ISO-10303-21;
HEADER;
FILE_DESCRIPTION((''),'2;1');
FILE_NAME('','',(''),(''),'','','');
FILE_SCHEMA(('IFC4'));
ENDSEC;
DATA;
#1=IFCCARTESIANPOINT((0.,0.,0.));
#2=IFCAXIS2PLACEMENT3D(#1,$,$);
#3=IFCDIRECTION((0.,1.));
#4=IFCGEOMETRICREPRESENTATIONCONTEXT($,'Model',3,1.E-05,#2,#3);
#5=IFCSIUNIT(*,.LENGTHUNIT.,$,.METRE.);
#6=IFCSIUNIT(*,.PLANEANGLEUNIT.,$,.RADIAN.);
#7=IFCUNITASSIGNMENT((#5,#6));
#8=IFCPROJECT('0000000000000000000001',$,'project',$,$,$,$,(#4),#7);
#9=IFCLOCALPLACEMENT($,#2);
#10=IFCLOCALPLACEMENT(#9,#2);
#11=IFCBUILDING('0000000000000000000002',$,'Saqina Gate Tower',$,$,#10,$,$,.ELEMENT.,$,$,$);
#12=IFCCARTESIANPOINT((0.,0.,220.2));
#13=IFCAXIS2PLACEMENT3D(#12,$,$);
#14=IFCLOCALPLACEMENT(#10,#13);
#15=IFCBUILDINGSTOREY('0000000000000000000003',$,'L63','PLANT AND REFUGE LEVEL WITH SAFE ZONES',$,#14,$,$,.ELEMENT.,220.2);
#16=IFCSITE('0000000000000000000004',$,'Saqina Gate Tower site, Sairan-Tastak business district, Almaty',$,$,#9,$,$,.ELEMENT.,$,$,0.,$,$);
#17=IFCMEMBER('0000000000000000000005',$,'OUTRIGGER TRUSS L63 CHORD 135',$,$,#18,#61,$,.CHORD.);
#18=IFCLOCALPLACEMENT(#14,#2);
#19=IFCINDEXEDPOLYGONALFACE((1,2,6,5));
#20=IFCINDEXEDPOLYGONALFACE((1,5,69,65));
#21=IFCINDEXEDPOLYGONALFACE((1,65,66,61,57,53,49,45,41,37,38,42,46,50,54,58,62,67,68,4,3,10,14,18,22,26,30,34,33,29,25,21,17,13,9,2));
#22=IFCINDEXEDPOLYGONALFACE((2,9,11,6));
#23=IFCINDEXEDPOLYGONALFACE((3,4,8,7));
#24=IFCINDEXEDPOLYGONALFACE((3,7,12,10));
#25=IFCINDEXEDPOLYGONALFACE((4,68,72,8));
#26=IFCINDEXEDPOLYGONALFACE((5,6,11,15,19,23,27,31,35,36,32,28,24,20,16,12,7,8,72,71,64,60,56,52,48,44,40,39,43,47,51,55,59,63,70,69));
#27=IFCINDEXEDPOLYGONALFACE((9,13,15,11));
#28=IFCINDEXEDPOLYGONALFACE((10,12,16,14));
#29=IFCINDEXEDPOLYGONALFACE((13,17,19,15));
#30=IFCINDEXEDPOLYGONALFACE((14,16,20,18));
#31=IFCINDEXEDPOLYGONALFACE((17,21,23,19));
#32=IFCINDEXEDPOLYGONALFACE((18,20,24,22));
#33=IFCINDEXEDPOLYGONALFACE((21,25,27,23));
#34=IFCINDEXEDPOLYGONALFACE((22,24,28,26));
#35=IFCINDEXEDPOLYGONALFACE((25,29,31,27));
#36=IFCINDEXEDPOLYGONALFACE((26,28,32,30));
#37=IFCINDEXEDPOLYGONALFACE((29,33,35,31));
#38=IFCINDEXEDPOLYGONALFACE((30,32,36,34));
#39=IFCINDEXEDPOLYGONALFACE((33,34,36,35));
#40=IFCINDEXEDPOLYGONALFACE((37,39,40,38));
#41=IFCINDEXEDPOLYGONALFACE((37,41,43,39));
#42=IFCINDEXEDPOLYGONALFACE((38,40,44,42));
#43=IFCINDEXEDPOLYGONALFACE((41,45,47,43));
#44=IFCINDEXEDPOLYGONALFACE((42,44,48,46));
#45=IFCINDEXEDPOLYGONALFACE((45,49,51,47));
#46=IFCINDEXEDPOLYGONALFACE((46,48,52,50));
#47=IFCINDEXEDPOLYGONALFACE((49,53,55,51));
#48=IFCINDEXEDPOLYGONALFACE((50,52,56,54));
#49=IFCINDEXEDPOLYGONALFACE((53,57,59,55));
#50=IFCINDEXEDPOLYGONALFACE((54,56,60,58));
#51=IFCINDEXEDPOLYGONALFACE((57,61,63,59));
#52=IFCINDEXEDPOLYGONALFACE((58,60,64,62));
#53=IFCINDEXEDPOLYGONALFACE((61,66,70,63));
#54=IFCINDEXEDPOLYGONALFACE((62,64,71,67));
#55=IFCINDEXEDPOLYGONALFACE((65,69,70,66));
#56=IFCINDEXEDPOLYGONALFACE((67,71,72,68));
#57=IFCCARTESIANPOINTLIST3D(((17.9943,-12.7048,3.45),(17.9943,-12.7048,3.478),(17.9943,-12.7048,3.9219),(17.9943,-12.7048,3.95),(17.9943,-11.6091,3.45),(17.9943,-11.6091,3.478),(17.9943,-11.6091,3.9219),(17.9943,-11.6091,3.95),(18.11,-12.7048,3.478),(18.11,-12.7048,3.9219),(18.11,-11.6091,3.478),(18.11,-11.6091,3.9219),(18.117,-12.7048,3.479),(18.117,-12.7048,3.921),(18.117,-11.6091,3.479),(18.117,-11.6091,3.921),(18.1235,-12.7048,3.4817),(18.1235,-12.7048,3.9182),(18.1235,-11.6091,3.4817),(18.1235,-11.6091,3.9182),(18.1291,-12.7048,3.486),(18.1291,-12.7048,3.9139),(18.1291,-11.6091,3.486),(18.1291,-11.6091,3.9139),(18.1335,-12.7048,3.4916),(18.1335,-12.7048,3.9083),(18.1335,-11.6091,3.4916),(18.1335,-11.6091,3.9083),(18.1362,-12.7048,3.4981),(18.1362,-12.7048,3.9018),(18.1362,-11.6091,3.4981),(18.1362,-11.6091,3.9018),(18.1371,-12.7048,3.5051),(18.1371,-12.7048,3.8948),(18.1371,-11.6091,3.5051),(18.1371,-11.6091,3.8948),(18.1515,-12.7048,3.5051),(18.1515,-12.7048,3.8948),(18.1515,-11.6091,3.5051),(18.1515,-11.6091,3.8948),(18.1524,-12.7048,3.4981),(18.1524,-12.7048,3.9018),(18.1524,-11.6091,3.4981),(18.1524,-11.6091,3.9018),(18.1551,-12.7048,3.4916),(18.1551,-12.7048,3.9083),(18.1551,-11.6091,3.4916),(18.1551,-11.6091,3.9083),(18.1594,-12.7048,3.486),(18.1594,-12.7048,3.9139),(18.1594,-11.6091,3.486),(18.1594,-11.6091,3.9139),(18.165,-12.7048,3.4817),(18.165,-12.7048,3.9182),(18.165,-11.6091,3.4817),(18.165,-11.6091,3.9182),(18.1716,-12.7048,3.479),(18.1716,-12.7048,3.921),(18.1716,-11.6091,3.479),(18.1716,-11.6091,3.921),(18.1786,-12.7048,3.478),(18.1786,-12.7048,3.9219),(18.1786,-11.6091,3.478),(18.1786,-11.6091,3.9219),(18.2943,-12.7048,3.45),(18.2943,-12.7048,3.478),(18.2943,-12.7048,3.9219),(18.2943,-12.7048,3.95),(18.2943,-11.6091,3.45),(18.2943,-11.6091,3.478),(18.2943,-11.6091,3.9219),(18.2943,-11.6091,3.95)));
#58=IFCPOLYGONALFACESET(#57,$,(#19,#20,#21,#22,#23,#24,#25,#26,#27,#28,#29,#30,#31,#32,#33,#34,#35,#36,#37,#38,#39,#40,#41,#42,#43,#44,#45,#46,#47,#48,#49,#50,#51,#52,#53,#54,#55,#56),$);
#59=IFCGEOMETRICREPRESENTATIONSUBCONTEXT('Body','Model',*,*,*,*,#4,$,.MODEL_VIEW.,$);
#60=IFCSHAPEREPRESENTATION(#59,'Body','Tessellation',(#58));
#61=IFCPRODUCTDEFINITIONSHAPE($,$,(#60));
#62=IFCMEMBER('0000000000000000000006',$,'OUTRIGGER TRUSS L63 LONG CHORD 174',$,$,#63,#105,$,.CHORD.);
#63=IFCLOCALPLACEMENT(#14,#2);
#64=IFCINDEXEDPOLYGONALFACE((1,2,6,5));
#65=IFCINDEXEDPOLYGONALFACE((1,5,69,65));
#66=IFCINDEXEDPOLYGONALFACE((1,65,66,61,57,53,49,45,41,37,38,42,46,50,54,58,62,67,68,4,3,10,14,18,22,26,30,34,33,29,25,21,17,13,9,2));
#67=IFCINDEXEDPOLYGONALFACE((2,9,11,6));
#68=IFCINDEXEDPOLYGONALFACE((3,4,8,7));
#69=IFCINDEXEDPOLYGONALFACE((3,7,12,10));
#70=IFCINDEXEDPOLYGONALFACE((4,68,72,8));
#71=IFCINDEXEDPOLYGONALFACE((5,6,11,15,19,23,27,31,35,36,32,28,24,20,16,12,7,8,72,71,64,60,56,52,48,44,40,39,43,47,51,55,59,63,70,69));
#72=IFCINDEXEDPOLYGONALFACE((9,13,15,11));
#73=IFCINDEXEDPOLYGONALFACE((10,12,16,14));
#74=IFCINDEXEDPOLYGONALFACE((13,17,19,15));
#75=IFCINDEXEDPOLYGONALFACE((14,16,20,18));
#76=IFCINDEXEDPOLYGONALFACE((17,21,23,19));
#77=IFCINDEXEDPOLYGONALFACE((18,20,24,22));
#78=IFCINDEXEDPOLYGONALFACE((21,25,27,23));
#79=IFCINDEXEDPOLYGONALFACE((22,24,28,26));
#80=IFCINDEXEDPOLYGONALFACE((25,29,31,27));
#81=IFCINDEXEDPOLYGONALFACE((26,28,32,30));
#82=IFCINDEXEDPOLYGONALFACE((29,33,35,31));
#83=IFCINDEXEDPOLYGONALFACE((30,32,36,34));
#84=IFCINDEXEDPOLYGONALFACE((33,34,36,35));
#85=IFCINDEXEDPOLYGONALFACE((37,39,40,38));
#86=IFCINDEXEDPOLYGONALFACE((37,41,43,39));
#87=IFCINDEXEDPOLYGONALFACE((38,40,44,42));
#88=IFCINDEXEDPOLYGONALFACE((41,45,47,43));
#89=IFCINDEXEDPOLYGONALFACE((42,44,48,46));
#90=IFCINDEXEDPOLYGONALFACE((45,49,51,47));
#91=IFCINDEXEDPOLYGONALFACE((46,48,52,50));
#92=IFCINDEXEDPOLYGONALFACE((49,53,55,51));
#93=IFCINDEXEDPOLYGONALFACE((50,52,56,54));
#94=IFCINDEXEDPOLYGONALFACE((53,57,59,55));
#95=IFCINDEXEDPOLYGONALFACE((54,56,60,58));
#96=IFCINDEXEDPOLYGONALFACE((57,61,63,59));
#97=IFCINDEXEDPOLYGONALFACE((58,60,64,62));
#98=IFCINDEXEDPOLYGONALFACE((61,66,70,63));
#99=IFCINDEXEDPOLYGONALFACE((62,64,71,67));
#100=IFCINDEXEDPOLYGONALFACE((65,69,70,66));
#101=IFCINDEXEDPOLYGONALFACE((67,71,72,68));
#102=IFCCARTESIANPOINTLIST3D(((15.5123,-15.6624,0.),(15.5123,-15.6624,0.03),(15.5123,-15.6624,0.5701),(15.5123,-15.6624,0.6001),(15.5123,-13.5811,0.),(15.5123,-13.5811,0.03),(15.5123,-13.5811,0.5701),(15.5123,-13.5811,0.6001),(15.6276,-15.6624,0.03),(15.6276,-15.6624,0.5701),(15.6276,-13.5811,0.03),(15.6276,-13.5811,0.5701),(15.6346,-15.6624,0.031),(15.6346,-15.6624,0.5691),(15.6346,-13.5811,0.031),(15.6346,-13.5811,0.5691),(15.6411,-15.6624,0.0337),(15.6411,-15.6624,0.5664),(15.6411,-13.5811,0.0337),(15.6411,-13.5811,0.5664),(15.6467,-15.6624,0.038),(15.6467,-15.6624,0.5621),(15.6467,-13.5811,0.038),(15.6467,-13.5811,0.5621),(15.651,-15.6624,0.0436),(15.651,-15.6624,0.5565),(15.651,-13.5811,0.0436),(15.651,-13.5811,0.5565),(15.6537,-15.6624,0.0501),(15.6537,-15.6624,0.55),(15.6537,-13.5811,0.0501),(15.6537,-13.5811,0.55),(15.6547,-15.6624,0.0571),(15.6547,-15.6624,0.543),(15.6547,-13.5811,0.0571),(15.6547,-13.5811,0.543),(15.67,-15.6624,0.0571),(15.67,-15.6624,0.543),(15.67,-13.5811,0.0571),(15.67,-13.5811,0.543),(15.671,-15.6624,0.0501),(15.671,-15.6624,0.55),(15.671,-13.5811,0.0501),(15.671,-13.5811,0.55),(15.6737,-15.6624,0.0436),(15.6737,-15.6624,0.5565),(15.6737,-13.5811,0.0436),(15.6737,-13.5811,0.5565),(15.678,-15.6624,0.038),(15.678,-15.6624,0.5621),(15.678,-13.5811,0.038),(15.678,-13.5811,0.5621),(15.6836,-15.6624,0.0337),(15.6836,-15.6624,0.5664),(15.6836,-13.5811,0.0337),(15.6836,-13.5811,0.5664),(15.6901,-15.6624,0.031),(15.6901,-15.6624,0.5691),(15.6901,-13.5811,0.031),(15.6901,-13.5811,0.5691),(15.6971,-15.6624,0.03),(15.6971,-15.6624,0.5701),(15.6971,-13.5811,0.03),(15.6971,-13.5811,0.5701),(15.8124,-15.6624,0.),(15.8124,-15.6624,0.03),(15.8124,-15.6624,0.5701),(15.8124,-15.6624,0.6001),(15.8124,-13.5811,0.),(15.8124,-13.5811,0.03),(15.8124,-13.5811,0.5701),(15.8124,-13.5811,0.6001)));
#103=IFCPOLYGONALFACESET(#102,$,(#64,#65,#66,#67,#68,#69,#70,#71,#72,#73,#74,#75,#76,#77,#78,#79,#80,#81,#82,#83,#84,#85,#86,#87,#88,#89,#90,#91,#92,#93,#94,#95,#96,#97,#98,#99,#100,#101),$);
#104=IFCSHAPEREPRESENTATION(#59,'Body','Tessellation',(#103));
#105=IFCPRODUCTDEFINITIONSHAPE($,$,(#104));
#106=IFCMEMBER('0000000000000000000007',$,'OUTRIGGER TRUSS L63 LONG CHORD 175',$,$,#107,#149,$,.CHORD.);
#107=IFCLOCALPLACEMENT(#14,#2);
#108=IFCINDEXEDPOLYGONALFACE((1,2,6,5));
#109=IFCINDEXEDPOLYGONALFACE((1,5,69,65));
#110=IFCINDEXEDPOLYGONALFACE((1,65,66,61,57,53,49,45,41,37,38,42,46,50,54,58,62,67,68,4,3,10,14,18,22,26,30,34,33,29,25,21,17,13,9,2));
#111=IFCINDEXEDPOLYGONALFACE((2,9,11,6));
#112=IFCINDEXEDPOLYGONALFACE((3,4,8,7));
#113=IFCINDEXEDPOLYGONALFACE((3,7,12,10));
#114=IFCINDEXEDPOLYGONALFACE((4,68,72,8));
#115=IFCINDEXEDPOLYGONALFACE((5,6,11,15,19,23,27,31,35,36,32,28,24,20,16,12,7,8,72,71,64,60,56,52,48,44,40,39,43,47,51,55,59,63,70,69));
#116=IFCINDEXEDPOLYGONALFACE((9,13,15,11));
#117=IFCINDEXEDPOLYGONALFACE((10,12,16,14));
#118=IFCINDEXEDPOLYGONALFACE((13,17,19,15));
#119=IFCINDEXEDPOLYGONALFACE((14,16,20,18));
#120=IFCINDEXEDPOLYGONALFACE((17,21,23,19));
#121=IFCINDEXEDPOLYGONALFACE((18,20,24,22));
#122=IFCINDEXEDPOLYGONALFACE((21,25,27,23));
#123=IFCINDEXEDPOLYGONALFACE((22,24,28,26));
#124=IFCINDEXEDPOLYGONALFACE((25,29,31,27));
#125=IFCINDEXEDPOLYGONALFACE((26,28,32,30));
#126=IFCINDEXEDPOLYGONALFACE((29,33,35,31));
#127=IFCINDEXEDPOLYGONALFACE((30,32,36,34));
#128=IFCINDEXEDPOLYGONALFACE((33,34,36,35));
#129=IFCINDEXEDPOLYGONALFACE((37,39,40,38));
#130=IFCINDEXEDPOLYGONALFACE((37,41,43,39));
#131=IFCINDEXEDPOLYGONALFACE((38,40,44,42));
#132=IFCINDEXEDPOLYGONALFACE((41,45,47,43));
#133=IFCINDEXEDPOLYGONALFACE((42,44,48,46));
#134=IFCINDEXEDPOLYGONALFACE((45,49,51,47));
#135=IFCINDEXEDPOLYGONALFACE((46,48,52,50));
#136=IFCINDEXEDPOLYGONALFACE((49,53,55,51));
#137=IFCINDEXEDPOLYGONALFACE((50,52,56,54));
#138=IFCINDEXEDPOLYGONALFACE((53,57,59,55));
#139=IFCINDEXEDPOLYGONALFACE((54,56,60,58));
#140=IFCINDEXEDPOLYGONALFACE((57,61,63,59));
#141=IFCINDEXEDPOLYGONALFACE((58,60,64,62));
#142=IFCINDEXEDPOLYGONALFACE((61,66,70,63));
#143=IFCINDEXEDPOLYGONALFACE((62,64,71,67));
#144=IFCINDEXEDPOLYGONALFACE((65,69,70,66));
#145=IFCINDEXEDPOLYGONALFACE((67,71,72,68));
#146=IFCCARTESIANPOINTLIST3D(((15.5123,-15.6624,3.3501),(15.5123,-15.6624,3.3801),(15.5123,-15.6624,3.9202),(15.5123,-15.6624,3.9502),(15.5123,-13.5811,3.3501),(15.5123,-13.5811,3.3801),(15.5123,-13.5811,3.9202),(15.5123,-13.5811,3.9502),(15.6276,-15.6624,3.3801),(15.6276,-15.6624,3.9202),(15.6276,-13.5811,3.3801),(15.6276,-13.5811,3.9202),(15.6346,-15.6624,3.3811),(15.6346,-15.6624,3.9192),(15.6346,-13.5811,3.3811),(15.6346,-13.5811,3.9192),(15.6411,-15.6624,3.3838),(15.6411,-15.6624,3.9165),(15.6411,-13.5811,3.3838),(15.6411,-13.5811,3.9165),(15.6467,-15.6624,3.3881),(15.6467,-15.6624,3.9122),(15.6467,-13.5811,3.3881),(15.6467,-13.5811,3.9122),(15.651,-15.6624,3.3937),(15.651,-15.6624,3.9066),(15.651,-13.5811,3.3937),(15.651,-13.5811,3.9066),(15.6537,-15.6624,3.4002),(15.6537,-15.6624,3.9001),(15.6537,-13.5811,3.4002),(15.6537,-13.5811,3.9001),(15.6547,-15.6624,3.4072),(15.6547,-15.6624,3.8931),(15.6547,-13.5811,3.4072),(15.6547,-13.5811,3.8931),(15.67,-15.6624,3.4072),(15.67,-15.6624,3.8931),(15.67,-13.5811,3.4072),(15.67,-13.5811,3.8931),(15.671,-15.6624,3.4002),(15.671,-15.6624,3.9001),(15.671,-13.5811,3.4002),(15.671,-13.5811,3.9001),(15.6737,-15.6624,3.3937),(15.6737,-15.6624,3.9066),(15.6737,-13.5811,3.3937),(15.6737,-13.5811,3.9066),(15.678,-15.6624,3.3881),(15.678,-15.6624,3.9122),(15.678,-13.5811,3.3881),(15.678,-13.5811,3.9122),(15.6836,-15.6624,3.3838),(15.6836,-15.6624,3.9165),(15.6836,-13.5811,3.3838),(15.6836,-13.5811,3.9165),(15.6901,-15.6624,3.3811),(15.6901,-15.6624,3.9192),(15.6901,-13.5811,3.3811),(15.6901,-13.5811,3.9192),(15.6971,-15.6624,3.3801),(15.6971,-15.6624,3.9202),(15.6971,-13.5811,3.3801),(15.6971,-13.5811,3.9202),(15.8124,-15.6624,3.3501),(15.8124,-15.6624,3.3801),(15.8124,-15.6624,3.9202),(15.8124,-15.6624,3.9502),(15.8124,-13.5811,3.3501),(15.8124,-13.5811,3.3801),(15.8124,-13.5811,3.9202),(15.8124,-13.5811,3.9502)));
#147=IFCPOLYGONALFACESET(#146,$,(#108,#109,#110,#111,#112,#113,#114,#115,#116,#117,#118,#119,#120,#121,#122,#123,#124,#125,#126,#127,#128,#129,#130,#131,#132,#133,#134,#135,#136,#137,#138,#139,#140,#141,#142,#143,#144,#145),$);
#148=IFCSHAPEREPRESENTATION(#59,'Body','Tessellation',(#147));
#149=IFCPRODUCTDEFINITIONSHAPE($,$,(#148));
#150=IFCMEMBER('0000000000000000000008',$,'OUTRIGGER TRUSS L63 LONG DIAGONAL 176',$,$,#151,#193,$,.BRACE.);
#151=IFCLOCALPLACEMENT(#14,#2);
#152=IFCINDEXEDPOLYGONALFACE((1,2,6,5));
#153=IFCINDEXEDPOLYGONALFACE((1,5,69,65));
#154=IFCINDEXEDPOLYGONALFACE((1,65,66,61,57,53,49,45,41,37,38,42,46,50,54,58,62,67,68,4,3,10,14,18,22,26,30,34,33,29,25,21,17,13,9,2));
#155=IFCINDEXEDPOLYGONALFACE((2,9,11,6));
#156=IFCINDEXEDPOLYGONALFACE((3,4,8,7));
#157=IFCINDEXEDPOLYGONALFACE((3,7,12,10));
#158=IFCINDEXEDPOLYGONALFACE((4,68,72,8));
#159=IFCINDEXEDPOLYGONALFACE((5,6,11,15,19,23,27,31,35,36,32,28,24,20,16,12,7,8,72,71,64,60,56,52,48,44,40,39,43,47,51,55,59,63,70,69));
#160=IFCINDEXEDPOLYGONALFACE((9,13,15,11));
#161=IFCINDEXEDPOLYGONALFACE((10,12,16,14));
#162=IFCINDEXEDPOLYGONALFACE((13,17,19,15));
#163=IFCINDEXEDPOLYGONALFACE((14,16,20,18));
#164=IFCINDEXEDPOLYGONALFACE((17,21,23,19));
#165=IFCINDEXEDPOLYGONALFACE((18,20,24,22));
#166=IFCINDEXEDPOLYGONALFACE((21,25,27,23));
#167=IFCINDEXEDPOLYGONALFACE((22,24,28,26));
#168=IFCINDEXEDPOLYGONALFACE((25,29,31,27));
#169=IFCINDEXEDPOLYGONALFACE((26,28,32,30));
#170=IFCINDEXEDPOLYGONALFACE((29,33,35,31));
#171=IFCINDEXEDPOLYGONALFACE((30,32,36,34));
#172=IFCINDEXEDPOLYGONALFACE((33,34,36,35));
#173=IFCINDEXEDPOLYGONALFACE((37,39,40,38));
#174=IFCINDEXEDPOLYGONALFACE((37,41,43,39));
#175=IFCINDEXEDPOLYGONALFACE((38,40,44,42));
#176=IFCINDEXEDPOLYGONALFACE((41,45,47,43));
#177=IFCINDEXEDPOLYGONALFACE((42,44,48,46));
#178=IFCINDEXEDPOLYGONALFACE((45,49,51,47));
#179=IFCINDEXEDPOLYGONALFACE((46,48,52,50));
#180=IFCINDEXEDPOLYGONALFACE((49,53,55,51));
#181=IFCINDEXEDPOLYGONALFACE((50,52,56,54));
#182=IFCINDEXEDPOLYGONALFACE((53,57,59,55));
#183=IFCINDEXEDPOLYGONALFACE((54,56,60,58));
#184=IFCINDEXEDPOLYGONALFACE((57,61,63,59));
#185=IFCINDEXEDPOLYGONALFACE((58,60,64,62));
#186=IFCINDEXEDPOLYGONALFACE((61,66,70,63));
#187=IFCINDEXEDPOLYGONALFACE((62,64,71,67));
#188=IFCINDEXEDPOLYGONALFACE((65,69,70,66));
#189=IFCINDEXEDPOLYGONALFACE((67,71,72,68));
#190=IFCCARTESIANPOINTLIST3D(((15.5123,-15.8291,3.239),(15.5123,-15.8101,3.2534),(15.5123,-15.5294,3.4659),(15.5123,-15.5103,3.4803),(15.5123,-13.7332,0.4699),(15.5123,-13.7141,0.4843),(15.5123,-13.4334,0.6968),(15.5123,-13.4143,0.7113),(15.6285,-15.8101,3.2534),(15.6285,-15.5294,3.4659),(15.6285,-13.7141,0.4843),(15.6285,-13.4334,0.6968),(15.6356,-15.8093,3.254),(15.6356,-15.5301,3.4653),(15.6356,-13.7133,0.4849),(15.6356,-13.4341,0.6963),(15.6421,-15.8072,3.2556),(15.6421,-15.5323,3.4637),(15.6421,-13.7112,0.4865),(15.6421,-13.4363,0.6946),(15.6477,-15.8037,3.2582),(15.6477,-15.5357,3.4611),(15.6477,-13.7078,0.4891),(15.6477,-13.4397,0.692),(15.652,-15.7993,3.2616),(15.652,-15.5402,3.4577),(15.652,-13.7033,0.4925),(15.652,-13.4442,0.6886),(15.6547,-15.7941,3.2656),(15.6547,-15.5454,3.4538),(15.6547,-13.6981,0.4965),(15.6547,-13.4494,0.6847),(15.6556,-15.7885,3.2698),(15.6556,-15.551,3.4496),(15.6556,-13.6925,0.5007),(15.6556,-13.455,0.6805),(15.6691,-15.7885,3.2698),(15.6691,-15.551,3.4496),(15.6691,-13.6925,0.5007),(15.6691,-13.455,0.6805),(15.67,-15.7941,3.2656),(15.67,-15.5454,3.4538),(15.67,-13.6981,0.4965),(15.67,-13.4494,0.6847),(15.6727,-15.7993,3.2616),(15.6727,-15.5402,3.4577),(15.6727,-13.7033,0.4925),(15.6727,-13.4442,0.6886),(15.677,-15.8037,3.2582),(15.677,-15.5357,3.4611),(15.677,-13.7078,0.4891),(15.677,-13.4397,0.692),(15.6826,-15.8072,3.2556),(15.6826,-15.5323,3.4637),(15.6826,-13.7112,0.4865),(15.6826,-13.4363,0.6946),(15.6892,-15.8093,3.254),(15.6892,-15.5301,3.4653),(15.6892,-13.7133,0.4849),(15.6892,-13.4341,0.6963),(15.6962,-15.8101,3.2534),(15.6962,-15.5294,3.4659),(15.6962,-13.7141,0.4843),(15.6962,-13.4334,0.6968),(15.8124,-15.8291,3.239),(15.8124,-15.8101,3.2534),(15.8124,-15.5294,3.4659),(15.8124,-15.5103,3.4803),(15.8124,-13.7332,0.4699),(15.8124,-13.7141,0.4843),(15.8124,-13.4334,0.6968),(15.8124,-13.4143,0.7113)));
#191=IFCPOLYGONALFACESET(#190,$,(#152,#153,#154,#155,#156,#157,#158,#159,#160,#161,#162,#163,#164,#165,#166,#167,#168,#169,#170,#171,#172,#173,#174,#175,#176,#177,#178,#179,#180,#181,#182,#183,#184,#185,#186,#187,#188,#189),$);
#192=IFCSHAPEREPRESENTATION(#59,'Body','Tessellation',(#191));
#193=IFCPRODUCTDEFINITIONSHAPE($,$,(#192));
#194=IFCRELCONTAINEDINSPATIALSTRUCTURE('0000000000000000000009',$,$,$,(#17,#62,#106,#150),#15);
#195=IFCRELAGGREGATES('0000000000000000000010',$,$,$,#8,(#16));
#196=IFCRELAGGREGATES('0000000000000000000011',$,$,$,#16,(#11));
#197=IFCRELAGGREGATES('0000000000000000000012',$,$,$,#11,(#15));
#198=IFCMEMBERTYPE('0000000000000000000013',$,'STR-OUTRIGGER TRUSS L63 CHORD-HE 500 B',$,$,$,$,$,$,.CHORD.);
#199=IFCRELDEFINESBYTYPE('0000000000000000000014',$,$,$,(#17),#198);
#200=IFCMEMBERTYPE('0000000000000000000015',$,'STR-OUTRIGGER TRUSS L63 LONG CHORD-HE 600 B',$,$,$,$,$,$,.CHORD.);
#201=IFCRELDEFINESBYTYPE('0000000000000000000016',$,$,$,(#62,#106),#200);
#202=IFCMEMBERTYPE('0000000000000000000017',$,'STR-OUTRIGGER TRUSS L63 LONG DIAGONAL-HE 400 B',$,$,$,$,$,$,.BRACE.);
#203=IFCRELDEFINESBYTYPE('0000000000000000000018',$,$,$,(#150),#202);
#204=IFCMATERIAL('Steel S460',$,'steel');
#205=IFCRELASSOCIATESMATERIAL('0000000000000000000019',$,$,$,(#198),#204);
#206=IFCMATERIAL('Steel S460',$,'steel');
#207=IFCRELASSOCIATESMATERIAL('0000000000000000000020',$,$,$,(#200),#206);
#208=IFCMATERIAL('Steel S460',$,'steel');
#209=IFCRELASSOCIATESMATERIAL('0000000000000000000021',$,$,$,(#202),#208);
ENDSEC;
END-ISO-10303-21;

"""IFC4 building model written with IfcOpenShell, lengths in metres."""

from ifc_helpers import new_model, si_unit, direction, frame, origin, origin_2d, place, context, subcontext, project, spatial, i_section, extrude, material, material_profile, profile_set, type_object, element, save


model = new_model("IFC4")

# Units and contexts
model_context = context("Model", 3, precision=1e-05, world=origin(), true_north=direction((0.0, 1.0)))
body_context = subcontext(model_context, "Body", "Model", "MODEL_VIEW")
ifc_project = project(units=[si_unit("LENGTHUNIT", "METRE"), si_unit("PLANEANGLEUNIT", "RADIAN")], contexts=[model_context])

# Site, building, storey
site_placement = place(None, origin())
site = spatial("IfcSite", under=ifc_project, at=site_placement, Name="Saqina Gate Tower site, Sairan-Tastak business district, Almaty", CompositionType="ELEMENT", RefElevation=0.0)
building_placement = place(site_placement, origin())
building = spatial("IfcBuilding", under=site, at=building_placement, Name="Saqina Gate Tower", CompositionType="ELEMENT")
storey_placement = place(building_placement, frame((0.0, 0.0, 220.2)))
storey = spatial("IfcBuildingStorey", under=building, at=storey_placement, Name="L63", Description="PLANT AND REFUGE LEVEL WITH SAFE ZONES", CompositionType="ELEMENT", Elevation=220.2)

# Members
ifc_material_1 = material(Name="Steel S460", Category="steel")
ifc_material_profile_1 = material_profile(ifc_material_1, i_section(OverallWidth=0.3, OverallDepth=0.5, WebThickness=0.0144, FlangeThickness=0.0281, FilletRadius=0.0271, at=origin_2d()), Name="HE 500 B")
ifc_profile_set_1 = profile_set([ifc_material_profile_1], Name="Steel S460")
member_type_1 = type_object("IfcMemberType", Name="STR-OUTRIGGER TRUSS L63 CHORD-HE 500 B", PredefinedType="CHORD", material=ifc_profile_set_1)
for number, where, z_axis, x_axis, name in (
    (1, (18.1443, -11.6091, 3.7), (0.0, -1.0, 0.0), (1.0, 0.0, 0.0), "OUTRIGGER TRUSS L63 CHORD 135"),
):
    element("IfcMember", number, at=place(storey_placement, frame(where, z_axis=z_axis, x_axis=x_axis)), inside=storey, type_object=member_type_1, Name=name, PredefinedType="CHORD", context=body_context, shape_type="SweptSolid", body=[
        extrude(i_section(OverallWidth=0.3, OverallDepth=0.5, WebThickness=0.0144, FlangeThickness=0.0281, FilletRadius=0.0271, at=origin_2d()), origin(), (0.0, 0.0, 1.0), 1.0957),
    ])
ifc_material_2 = material(Name="Steel S460", Category="steel")
ifc_material_profile_2 = material_profile(ifc_material_2, i_section(OverallWidth=0.3, OverallDepth=0.6001, WebThickness=0.0154, FlangeThickness=0.03, FilletRadius=0.0271, at=origin_2d()), Name="HE 600 B")
ifc_profile_set_2 = profile_set([ifc_material_profile_2], Name="Steel S460")
member_type_2 = type_object("IfcMemberType", Name="STR-OUTRIGGER TRUSS L63 LONG CHORD-HE 600 B", PredefinedType="CHORD", material=ifc_profile_set_2)
for number, where, z_axis, x_axis, name in (
    (2, (15.6624, -13.5811, 0.3), (0.0, -1.0, 0.0), (1.0, 0.0, 0.0), "OUTRIGGER TRUSS L63 LONG CHORD 174"),
    (3, (15.6624, -13.5811, 3.6501), (0.0, -1.0, 0.0), (1.0, 0.0, 0.0), "OUTRIGGER TRUSS L63 LONG CHORD 175"),
):
    element("IfcMember", number, at=place(storey_placement, frame(where, z_axis=z_axis, x_axis=x_axis)), inside=storey, type_object=member_type_2, Name=name, PredefinedType="CHORD", context=body_context, shape_type="SweptSolid", body=[
        extrude(i_section(OverallWidth=0.3, OverallDepth=0.6001, WebThickness=0.0154, FlangeThickness=0.03, FilletRadius=0.0271, at=origin_2d()), origin(), (0.0, 0.0, 1.0), 2.0813),
    ])
ifc_material_3 = material(Name="Steel S460", Category="steel")
ifc_material_profile_3 = material_profile(ifc_material_3, i_section(OverallWidth=0.3, OverallDepth=0.3999, WebThickness=0.0134, FlangeThickness=0.0239, FilletRadius=0.0271, at=origin_2d()), Name="HE 400 B")
ifc_profile_set_3 = profile_set([ifc_material_profile_3], Name="Steel S460")
member_type_3 = type_object("IfcMemberType", Name="STR-OUTRIGGER TRUSS L63 LONG DIAGONAL-HE 400 B", PredefinedType="BRACE", material=ifc_profile_set_3)
member_1_placement = place(storey_placement, frame((15.6624, -13.5737, 0.5906), z_axis=(0.0, -0.603526, 0.797343), x_axis=(1.0, 0.0, 0.0)))
element("IfcMember", 4, at=member_1_placement, inside=storey, type_object=member_type_3, Name="OUTRIGGER TRUSS L63 LONG DIAGONAL 176", PredefinedType="BRACE", context=body_context, shape_type="SweptSolid", body=[
    extrude(i_section(OverallWidth=0.3, OverallDepth=0.3999, WebThickness=0.0134, FlangeThickness=0.0239, FilletRadius=0.0271, at=origin_2d()), origin(), (0.0, 0.0, 1.0), 3.4729),
])

save(model, "model.ifc")
